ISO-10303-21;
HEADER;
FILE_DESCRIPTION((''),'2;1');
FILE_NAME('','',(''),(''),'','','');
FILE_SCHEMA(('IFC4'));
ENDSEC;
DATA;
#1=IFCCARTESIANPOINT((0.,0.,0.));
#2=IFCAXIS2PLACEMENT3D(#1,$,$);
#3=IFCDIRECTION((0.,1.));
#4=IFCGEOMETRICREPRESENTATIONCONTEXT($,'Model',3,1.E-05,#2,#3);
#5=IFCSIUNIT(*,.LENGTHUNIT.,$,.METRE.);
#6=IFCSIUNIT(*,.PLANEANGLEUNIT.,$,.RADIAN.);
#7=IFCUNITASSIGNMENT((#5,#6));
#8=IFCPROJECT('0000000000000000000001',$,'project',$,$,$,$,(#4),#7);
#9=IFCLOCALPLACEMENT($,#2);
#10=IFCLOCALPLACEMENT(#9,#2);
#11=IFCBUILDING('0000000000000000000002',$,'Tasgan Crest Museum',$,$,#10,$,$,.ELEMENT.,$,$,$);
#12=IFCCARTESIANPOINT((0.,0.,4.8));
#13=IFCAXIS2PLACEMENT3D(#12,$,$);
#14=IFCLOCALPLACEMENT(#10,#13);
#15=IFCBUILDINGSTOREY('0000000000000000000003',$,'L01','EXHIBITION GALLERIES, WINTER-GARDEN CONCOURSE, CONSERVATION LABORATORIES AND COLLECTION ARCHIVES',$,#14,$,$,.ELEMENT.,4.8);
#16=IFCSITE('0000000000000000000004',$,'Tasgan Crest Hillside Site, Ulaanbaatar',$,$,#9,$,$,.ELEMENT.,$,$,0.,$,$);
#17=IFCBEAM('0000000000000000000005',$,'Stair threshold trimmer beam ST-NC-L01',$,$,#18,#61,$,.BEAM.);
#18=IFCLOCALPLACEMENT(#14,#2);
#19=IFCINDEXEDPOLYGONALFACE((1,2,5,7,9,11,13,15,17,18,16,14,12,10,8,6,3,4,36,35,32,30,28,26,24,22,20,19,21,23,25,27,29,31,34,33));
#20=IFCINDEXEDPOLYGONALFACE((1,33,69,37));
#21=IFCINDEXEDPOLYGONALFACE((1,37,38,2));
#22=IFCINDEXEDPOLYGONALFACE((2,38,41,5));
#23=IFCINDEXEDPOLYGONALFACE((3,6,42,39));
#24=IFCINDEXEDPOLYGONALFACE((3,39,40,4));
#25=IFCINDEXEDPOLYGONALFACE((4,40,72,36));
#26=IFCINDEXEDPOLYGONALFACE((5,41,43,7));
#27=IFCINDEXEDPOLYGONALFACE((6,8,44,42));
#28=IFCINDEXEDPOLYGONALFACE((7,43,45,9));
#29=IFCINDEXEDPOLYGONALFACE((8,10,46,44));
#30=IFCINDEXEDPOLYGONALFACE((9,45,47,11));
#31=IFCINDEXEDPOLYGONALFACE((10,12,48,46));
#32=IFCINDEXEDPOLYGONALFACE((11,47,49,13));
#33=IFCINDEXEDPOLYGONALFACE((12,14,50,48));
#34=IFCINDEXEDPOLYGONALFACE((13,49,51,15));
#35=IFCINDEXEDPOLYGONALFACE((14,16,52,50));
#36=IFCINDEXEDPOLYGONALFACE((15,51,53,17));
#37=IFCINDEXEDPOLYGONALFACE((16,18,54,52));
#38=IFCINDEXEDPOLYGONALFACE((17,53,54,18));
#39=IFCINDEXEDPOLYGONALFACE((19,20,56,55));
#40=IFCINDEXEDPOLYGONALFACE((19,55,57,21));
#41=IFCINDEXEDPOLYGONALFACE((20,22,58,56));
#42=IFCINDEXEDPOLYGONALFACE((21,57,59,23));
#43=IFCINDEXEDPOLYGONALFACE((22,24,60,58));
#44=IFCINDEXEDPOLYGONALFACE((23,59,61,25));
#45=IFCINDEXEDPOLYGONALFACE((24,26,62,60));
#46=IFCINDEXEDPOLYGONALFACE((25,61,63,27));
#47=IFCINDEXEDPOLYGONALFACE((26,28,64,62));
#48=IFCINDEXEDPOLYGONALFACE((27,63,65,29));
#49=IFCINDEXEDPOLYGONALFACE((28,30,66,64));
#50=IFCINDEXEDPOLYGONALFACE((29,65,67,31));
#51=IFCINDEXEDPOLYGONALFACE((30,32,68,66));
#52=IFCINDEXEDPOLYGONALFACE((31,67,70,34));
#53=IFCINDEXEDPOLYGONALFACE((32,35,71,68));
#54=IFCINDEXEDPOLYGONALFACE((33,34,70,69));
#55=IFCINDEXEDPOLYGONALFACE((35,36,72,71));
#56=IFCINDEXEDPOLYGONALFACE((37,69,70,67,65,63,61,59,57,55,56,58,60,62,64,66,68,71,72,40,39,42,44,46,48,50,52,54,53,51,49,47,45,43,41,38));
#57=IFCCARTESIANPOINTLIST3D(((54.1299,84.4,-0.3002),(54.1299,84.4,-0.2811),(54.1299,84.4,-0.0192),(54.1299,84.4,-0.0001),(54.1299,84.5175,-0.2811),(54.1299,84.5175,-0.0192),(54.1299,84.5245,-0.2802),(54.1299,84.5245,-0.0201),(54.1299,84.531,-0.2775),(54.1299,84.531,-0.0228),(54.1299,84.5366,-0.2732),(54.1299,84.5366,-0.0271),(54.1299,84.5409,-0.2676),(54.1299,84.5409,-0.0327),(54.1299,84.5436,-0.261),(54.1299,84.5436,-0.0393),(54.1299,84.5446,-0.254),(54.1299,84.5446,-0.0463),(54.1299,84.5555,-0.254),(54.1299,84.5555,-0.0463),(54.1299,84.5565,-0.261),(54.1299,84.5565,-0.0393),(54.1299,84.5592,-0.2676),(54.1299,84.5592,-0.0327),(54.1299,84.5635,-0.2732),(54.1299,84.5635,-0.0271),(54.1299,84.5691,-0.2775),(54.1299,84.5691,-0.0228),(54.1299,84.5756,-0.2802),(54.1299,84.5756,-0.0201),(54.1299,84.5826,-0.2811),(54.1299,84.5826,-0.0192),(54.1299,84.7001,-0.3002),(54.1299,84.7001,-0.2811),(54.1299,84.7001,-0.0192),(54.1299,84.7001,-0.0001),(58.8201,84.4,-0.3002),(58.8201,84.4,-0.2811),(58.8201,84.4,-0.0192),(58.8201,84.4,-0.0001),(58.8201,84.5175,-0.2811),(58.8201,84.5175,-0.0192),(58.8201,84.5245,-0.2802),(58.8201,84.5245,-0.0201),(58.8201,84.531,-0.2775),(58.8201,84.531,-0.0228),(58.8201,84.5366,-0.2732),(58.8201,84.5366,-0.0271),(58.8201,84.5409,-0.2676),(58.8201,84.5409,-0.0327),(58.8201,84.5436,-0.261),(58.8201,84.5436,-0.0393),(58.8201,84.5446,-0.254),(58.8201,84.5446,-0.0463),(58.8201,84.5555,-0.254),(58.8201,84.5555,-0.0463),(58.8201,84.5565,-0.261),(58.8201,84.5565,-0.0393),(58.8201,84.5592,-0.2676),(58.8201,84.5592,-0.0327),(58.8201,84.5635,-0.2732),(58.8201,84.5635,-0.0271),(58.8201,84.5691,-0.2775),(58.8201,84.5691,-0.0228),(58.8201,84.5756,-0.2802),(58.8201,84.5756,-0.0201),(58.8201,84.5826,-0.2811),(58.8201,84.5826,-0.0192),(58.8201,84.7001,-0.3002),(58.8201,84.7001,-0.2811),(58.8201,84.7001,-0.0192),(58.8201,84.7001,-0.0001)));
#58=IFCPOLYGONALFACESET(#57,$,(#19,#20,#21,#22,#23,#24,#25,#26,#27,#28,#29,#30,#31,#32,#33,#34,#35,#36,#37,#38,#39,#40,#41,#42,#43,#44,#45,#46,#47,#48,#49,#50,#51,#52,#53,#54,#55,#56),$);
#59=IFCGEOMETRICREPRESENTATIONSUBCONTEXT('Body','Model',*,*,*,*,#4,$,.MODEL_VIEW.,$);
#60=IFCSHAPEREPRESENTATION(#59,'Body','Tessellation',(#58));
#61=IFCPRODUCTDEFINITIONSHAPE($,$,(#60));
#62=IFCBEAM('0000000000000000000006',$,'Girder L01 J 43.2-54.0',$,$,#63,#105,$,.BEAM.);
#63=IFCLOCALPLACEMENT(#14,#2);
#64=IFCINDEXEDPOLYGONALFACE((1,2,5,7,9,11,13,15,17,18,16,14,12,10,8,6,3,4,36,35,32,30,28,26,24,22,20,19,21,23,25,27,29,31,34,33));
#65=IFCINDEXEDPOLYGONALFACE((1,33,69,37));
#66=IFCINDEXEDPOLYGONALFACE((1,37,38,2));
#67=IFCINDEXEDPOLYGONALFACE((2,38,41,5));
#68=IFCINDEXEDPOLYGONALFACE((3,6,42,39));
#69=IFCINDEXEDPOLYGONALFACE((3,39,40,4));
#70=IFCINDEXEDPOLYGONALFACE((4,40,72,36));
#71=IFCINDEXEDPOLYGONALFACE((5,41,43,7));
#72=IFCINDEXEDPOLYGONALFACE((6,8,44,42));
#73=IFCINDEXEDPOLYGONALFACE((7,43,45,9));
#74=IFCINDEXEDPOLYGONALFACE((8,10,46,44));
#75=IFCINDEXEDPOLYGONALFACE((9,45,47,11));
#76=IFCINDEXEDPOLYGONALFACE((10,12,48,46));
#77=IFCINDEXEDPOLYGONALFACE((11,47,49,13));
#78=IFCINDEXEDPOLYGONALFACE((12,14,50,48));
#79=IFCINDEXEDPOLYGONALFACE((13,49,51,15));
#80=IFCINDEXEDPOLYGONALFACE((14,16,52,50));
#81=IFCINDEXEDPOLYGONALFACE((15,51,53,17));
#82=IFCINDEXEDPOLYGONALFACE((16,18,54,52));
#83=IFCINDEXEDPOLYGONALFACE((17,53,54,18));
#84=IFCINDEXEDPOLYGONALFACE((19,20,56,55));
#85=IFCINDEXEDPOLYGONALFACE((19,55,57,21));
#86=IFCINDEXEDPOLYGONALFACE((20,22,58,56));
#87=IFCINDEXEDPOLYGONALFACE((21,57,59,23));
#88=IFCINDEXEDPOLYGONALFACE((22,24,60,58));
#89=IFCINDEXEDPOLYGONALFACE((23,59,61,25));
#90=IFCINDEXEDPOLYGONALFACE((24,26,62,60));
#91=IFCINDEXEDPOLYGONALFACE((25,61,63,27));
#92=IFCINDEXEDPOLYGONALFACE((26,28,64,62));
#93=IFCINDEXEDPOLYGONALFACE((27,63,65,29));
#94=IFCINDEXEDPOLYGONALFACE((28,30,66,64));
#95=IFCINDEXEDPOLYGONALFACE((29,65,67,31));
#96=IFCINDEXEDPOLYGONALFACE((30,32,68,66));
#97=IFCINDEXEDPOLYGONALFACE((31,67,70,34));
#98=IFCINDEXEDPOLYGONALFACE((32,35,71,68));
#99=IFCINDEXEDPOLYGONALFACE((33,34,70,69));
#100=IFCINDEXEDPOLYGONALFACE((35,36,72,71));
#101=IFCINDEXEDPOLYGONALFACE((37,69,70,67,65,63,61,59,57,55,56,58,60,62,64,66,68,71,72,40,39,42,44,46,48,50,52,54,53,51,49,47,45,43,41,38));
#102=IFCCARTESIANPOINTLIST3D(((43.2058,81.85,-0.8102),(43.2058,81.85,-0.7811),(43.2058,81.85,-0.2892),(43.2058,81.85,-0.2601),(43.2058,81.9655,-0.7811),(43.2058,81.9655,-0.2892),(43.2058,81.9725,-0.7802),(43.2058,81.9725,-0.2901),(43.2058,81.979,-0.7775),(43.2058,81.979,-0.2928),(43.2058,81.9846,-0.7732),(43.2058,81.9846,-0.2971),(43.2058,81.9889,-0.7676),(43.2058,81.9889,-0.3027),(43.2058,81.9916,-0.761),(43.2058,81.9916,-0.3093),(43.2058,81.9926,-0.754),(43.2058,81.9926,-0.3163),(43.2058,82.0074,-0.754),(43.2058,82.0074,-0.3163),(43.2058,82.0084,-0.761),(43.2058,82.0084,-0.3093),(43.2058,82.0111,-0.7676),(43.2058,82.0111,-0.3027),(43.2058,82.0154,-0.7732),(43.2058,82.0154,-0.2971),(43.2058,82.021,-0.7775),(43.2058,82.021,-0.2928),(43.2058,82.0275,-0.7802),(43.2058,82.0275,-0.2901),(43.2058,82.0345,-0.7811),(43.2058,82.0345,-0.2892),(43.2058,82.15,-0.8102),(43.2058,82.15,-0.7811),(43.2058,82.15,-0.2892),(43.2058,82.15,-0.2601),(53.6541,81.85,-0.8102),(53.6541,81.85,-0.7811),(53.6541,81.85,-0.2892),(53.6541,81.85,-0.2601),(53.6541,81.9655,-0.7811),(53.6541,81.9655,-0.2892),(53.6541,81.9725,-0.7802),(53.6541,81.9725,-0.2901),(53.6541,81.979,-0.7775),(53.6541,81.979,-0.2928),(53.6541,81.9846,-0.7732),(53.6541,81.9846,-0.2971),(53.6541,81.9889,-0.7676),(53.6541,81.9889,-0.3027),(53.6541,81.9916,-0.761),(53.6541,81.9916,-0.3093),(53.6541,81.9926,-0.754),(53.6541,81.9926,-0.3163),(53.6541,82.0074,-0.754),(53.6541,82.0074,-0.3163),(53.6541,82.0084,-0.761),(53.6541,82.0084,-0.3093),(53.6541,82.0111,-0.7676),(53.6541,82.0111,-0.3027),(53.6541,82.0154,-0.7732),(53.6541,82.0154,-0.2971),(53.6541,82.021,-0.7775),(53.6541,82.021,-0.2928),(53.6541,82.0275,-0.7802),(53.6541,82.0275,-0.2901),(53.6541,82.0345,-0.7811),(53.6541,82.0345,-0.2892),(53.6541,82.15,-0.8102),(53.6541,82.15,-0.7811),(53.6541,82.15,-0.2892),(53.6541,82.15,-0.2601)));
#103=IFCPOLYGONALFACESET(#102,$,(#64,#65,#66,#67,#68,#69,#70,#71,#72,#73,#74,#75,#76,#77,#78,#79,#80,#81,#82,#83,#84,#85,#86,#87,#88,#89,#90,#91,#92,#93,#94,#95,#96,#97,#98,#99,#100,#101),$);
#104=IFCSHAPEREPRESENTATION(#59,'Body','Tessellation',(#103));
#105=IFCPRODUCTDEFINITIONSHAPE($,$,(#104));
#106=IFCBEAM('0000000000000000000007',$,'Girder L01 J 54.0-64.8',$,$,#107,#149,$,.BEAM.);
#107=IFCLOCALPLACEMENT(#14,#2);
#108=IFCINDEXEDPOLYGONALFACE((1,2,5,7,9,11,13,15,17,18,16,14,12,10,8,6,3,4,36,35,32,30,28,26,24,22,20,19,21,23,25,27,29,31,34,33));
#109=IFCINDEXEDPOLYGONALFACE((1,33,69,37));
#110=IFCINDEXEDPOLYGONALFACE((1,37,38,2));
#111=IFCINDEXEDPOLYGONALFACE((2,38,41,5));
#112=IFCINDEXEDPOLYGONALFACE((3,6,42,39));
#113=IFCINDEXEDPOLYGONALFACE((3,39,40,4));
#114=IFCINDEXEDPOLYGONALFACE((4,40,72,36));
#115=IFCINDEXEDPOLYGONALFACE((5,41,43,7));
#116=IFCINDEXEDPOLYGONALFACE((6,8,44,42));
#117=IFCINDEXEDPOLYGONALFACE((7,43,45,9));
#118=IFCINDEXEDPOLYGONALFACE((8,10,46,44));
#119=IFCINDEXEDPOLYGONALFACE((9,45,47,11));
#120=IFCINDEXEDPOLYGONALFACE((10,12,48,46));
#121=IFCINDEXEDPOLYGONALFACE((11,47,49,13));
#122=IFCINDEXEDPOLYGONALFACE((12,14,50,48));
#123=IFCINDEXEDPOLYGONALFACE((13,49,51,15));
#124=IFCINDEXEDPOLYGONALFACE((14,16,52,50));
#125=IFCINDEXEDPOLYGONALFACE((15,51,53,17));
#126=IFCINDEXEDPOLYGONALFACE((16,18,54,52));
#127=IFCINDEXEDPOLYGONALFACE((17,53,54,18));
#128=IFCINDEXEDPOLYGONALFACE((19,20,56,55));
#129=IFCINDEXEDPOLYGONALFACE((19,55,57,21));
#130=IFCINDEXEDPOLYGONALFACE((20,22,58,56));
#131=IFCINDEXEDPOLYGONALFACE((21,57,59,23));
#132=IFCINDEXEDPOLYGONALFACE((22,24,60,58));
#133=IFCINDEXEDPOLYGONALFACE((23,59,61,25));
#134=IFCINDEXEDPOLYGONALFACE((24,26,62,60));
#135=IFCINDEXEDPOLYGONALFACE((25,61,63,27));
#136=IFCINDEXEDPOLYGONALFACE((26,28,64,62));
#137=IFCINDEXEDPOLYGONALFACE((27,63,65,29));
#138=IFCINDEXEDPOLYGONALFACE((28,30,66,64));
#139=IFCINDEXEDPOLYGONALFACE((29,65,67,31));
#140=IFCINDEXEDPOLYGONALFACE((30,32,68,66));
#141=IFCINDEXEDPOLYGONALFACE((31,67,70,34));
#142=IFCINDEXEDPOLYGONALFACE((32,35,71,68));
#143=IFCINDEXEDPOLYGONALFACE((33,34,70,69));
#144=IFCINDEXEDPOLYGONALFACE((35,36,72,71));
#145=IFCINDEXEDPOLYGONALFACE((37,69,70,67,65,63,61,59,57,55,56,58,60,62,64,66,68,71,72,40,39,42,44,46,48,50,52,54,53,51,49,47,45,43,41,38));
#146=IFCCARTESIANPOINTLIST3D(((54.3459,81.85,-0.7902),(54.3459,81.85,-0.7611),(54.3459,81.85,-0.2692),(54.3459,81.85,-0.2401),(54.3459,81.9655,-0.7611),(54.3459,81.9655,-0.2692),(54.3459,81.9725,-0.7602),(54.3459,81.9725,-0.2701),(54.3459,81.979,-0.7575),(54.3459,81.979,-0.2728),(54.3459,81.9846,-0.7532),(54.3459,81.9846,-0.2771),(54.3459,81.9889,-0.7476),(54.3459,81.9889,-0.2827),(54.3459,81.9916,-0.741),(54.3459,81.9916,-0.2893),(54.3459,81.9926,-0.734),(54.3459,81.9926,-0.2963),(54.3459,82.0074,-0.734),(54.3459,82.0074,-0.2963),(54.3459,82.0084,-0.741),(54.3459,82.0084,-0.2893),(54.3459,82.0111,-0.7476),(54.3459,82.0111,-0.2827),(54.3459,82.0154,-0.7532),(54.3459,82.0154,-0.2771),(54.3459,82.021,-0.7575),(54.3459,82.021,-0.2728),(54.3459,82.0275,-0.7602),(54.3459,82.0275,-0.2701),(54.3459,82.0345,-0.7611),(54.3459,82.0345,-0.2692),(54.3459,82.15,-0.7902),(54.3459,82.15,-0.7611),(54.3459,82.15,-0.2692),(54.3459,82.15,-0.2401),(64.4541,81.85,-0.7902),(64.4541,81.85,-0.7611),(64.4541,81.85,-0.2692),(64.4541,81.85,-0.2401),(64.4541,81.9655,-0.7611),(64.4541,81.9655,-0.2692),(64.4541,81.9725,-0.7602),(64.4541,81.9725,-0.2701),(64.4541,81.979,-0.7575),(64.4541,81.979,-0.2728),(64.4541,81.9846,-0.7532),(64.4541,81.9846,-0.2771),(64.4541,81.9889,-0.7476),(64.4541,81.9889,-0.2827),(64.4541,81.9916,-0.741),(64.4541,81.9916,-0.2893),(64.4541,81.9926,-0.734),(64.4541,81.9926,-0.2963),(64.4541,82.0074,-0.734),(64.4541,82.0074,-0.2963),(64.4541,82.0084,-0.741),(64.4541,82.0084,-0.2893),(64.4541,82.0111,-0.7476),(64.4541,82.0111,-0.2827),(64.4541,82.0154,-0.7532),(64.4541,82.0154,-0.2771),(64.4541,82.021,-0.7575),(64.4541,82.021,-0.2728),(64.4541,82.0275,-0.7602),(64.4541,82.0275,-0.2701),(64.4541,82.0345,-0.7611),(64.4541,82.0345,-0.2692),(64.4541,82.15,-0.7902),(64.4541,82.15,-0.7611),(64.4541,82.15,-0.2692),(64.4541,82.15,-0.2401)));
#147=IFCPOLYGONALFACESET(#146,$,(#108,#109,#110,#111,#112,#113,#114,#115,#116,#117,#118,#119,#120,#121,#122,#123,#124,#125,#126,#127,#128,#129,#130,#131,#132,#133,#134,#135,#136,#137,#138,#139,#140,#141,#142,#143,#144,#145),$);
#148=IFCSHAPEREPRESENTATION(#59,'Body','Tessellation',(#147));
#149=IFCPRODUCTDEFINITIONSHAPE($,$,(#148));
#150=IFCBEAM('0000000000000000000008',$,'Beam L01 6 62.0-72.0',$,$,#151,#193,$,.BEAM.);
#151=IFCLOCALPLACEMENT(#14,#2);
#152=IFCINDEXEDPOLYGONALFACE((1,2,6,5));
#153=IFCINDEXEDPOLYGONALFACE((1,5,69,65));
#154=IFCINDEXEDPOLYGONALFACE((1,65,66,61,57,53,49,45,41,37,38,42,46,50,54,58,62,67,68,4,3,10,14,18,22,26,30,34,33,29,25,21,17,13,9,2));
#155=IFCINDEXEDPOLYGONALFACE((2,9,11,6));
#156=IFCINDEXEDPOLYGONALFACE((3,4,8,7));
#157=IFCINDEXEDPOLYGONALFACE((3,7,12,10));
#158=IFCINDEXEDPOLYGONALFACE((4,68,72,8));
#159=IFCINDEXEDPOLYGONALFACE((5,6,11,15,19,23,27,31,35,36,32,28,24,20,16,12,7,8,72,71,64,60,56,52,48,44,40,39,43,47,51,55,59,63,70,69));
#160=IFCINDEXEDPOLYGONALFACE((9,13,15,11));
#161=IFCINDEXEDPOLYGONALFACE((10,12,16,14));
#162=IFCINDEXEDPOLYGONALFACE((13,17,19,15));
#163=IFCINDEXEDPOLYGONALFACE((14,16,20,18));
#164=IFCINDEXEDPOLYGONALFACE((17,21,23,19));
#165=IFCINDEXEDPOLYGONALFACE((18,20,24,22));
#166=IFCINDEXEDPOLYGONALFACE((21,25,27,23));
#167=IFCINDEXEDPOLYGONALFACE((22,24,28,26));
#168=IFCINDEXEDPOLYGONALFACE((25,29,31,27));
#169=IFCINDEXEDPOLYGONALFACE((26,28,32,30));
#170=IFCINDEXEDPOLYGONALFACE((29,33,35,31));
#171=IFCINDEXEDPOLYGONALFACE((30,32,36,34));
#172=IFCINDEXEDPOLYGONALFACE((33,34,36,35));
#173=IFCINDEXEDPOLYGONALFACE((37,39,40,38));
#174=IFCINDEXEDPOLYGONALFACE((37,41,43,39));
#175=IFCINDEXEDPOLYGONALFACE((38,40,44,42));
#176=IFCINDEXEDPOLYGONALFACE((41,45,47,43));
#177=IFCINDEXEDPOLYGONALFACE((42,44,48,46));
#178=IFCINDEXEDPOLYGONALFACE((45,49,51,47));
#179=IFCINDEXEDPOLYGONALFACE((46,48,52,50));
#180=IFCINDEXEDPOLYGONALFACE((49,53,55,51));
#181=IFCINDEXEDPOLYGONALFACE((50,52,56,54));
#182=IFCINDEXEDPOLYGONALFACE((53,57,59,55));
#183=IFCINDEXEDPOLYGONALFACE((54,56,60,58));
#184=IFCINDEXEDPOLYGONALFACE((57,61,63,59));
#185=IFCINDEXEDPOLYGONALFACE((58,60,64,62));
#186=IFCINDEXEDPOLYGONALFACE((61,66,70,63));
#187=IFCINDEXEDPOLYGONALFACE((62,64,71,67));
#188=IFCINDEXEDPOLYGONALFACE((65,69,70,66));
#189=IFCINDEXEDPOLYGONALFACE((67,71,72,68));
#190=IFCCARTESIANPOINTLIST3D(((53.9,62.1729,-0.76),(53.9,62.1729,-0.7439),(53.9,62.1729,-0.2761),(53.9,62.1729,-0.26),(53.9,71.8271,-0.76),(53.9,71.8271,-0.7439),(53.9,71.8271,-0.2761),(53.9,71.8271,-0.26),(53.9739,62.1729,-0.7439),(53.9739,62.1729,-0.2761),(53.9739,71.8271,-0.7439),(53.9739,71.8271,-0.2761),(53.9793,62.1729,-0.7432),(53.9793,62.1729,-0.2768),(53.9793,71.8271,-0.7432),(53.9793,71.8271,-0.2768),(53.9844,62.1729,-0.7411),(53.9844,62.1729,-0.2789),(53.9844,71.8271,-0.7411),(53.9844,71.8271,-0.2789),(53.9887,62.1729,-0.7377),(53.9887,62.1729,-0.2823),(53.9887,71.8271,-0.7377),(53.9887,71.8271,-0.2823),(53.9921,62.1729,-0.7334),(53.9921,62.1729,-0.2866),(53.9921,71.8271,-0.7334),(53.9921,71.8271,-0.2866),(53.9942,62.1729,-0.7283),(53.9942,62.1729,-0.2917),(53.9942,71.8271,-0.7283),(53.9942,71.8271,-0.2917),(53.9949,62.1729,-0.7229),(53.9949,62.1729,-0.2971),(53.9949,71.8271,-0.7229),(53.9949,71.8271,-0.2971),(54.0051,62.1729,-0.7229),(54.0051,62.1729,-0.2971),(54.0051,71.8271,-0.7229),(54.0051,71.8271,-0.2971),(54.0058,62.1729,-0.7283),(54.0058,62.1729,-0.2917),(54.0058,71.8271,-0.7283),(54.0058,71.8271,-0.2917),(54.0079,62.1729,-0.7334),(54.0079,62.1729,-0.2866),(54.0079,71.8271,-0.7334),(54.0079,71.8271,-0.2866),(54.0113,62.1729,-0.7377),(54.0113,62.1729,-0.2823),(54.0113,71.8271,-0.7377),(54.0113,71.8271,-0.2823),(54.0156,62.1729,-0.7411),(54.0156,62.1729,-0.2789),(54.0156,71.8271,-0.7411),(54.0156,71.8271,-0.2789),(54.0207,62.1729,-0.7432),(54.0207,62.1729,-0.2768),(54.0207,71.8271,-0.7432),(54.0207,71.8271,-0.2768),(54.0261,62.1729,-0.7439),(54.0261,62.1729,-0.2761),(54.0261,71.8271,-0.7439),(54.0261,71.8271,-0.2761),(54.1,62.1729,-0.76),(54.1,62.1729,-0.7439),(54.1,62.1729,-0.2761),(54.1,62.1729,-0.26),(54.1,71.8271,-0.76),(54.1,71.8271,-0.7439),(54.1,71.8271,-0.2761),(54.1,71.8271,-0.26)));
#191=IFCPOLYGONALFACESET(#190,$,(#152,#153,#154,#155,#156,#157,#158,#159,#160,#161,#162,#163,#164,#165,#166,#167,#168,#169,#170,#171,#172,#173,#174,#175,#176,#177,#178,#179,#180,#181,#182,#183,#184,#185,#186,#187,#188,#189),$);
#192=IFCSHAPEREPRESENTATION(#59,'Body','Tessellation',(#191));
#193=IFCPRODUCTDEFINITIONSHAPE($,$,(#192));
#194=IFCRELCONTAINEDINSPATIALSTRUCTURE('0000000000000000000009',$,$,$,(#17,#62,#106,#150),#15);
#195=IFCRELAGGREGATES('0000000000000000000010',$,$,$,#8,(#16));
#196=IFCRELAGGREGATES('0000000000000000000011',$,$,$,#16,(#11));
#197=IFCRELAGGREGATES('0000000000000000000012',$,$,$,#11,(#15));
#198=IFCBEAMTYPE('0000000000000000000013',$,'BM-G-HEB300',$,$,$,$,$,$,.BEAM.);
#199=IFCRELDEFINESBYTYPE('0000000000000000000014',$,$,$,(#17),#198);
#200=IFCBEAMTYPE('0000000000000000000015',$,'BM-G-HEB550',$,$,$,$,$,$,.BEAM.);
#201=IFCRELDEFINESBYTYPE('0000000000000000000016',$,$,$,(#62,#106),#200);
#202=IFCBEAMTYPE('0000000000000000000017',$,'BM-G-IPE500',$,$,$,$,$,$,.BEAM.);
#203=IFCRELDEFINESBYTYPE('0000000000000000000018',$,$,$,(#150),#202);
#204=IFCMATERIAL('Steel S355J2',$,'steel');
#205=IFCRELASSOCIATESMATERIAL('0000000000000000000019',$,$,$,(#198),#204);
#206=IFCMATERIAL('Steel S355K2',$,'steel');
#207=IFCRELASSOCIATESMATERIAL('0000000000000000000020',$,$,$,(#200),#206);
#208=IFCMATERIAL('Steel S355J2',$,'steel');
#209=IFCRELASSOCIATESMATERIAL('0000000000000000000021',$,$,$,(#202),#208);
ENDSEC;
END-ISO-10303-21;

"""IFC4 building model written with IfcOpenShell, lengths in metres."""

from ifc_helpers import new_model, si_unit, direction, frame, origin, origin_2d, place, context, subcontext, project, spatial, i_section, extrude, material, material_profile, profile_set, type_object, element, save


model = new_model("IFC4")

# Units and contexts
model_context = context("Model", 3, precision=1e-05, world=origin(), true_north=direction((0.0, 1.0)))
body_context = subcontext(model_context, "Body", "Model", "MODEL_VIEW")
ifc_project = project(units=[si_unit("LENGTHUNIT", "METRE"), si_unit("PLANEANGLEUNIT", "RADIAN")], contexts=[model_context])

# Site, building, storey
site_placement = place(None, origin())
site = spatial("IfcSite", under=ifc_project, at=site_placement, Name="Tasgan Crest Hillside Site, Ulaanbaatar", CompositionType="ELEMENT", RefElevation=0.0)
building_placement = place(site_placement, origin())
building = spatial("IfcBuilding", under=site, at=building_placement, Name="Tasgan Crest Museum", CompositionType="ELEMENT")
storey_placement = place(building_placement, frame((0.0, 0.0, 4.8)))
storey = spatial("IfcBuildingStorey", under=building, at=storey_placement, Name="L01", Description="EXHIBITION GALLERIES, WINTER-GARDEN CONCOURSE, CONSERVATION LABORATORIES AND COLLECTION ARCHIVES", CompositionType="ELEMENT", Elevation=4.8)

# Beams
ifc_material_1 = material(Name="Steel S355J2", Category="steel")
ifc_material_profile_1 = material_profile(ifc_material_1, i_section(OverallWidth=0.3, OverallDepth=0.3, WebThickness=0.011, FlangeThickness=0.019, FilletRadius=0.0271, at=origin_2d()), Name="HEB 300")
ifc_profile_set_1 = profile_set([ifc_material_profile_1], Name="Steel S355J2")
beam_type_1 = type_object("IfcBeamType", Name="BM-G-HEB300", PredefinedType="BEAM", material=ifc_profile_set_1)
beam_1_placement = place(storey_placement, frame((54.1299, 84.55, -0.1501), z_axis=(1.0, 0.0, 0.0), x_axis=(0.0, 1.0, 0.0)))
element("IfcBeam", 1, at=beam_1_placement, inside=storey, type_object=beam_type_1, Name="Stair threshold trimmer beam ST-NC-L01", PredefinedType="BEAM", context=body_context, shape_type="SweptSolid", body=[
    extrude(i_section(OverallWidth=0.3, OverallDepth=0.3, WebThickness=0.011, FlangeThickness=0.019, FilletRadius=0.0271, at=origin_2d()), origin(), (0.0, 0.0, 1.0), 4.6902),
])
ifc_material_2 = material(Name="Steel S355K2", Category="steel")
ifc_material_profile_2 = material_profile(ifc_material_2, i_section(OverallWidth=0.3, OverallDepth=0.55, WebThickness=0.0149, FlangeThickness=0.0291, FilletRadius=0.0271, at=origin_2d()), Name="HEB 550")
ifc_profile_set_2 = profile_set([ifc_material_profile_2], Name="Steel S355K2")
beam_type_2 = type_object("IfcBeamType", Name="BM-G-HEB550", PredefinedType="BEAM", material=ifc_profile_set_2)
beam_2_placement = place(storey_placement, frame((43.2058, 82.0, -0.5352), z_axis=(1.0, 0.0, 0.0), x_axis=(0.0, 1.0, 0.0)))
element("IfcBeam", 2, at=beam_2_placement, inside=storey, type_object=beam_type_2, Name="Girder L01 J 43.2-54.0", PredefinedType="BEAM", context=body_context, shape_type="SweptSolid", body=[
    extrude(i_section(OverallWidth=0.3, OverallDepth=0.55, WebThickness=0.0149, FlangeThickness=0.0291, FilletRadius=0.0271, at=origin_2d()), origin(), (0.0, 0.0, 1.0), 10.4482),
])
beam_3_placement = place(storey_placement, frame((54.3459, 82.0, -0.5151), z_axis=(1.0, 0.0, 0.0), x_axis=(0.0, 1.0, 0.0)))
element("IfcBeam", 3, at=beam_3_placement, inside=storey, type_object=beam_type_2, Name="Girder L01 J 54.0-64.8", PredefinedType="BEAM", context=body_context, shape_type="SweptSolid", body=[
    extrude(i_section(OverallWidth=0.3, OverallDepth=0.55, WebThickness=0.0149, FlangeThickness=0.0291, FilletRadius=0.0271, at=origin_2d()), origin(), (0.0, 0.0, 1.0), 10.1082),
])
ifc_material_3 = material(Name="Steel S355J2", Category="steel")
ifc_material_profile_3 = material_profile(ifc_material_3, i_section(OverallWidth=0.2, OverallDepth=0.5, WebThickness=0.0103, FlangeThickness=0.0161, FilletRadius=0.021, at=origin_2d()), Name="IPE 500")
ifc_profile_set_3 = profile_set([ifc_material_profile_3], Name="Steel S355J2")
beam_type_3 = type_object("IfcBeamType", Name="BM-G-IPE500", PredefinedType="BEAM", material=ifc_profile_set_3)
beam_4_placement = place(storey_placement, frame((54.0, 62.1729, -0.51), z_axis=(0.0, 1.0, 0.0), x_axis=(-1.0, 0.0, 0.0)))
element("IfcBeam", 4, at=beam_4_placement, inside=storey, type_object=beam_type_3, Name="Beam L01 6 62.0-72.0", PredefinedType="BEAM", context=body_context, shape_type="SweptSolid", body=[
    extrude(i_section(OverallWidth=0.2, OverallDepth=0.5, WebThickness=0.0103, FlangeThickness=0.0161, FilletRadius=0.021, at=origin_2d()), origin(), (0.0, 0.0, 1.0), 9.6543),
])

save(model, "model.ifc")
